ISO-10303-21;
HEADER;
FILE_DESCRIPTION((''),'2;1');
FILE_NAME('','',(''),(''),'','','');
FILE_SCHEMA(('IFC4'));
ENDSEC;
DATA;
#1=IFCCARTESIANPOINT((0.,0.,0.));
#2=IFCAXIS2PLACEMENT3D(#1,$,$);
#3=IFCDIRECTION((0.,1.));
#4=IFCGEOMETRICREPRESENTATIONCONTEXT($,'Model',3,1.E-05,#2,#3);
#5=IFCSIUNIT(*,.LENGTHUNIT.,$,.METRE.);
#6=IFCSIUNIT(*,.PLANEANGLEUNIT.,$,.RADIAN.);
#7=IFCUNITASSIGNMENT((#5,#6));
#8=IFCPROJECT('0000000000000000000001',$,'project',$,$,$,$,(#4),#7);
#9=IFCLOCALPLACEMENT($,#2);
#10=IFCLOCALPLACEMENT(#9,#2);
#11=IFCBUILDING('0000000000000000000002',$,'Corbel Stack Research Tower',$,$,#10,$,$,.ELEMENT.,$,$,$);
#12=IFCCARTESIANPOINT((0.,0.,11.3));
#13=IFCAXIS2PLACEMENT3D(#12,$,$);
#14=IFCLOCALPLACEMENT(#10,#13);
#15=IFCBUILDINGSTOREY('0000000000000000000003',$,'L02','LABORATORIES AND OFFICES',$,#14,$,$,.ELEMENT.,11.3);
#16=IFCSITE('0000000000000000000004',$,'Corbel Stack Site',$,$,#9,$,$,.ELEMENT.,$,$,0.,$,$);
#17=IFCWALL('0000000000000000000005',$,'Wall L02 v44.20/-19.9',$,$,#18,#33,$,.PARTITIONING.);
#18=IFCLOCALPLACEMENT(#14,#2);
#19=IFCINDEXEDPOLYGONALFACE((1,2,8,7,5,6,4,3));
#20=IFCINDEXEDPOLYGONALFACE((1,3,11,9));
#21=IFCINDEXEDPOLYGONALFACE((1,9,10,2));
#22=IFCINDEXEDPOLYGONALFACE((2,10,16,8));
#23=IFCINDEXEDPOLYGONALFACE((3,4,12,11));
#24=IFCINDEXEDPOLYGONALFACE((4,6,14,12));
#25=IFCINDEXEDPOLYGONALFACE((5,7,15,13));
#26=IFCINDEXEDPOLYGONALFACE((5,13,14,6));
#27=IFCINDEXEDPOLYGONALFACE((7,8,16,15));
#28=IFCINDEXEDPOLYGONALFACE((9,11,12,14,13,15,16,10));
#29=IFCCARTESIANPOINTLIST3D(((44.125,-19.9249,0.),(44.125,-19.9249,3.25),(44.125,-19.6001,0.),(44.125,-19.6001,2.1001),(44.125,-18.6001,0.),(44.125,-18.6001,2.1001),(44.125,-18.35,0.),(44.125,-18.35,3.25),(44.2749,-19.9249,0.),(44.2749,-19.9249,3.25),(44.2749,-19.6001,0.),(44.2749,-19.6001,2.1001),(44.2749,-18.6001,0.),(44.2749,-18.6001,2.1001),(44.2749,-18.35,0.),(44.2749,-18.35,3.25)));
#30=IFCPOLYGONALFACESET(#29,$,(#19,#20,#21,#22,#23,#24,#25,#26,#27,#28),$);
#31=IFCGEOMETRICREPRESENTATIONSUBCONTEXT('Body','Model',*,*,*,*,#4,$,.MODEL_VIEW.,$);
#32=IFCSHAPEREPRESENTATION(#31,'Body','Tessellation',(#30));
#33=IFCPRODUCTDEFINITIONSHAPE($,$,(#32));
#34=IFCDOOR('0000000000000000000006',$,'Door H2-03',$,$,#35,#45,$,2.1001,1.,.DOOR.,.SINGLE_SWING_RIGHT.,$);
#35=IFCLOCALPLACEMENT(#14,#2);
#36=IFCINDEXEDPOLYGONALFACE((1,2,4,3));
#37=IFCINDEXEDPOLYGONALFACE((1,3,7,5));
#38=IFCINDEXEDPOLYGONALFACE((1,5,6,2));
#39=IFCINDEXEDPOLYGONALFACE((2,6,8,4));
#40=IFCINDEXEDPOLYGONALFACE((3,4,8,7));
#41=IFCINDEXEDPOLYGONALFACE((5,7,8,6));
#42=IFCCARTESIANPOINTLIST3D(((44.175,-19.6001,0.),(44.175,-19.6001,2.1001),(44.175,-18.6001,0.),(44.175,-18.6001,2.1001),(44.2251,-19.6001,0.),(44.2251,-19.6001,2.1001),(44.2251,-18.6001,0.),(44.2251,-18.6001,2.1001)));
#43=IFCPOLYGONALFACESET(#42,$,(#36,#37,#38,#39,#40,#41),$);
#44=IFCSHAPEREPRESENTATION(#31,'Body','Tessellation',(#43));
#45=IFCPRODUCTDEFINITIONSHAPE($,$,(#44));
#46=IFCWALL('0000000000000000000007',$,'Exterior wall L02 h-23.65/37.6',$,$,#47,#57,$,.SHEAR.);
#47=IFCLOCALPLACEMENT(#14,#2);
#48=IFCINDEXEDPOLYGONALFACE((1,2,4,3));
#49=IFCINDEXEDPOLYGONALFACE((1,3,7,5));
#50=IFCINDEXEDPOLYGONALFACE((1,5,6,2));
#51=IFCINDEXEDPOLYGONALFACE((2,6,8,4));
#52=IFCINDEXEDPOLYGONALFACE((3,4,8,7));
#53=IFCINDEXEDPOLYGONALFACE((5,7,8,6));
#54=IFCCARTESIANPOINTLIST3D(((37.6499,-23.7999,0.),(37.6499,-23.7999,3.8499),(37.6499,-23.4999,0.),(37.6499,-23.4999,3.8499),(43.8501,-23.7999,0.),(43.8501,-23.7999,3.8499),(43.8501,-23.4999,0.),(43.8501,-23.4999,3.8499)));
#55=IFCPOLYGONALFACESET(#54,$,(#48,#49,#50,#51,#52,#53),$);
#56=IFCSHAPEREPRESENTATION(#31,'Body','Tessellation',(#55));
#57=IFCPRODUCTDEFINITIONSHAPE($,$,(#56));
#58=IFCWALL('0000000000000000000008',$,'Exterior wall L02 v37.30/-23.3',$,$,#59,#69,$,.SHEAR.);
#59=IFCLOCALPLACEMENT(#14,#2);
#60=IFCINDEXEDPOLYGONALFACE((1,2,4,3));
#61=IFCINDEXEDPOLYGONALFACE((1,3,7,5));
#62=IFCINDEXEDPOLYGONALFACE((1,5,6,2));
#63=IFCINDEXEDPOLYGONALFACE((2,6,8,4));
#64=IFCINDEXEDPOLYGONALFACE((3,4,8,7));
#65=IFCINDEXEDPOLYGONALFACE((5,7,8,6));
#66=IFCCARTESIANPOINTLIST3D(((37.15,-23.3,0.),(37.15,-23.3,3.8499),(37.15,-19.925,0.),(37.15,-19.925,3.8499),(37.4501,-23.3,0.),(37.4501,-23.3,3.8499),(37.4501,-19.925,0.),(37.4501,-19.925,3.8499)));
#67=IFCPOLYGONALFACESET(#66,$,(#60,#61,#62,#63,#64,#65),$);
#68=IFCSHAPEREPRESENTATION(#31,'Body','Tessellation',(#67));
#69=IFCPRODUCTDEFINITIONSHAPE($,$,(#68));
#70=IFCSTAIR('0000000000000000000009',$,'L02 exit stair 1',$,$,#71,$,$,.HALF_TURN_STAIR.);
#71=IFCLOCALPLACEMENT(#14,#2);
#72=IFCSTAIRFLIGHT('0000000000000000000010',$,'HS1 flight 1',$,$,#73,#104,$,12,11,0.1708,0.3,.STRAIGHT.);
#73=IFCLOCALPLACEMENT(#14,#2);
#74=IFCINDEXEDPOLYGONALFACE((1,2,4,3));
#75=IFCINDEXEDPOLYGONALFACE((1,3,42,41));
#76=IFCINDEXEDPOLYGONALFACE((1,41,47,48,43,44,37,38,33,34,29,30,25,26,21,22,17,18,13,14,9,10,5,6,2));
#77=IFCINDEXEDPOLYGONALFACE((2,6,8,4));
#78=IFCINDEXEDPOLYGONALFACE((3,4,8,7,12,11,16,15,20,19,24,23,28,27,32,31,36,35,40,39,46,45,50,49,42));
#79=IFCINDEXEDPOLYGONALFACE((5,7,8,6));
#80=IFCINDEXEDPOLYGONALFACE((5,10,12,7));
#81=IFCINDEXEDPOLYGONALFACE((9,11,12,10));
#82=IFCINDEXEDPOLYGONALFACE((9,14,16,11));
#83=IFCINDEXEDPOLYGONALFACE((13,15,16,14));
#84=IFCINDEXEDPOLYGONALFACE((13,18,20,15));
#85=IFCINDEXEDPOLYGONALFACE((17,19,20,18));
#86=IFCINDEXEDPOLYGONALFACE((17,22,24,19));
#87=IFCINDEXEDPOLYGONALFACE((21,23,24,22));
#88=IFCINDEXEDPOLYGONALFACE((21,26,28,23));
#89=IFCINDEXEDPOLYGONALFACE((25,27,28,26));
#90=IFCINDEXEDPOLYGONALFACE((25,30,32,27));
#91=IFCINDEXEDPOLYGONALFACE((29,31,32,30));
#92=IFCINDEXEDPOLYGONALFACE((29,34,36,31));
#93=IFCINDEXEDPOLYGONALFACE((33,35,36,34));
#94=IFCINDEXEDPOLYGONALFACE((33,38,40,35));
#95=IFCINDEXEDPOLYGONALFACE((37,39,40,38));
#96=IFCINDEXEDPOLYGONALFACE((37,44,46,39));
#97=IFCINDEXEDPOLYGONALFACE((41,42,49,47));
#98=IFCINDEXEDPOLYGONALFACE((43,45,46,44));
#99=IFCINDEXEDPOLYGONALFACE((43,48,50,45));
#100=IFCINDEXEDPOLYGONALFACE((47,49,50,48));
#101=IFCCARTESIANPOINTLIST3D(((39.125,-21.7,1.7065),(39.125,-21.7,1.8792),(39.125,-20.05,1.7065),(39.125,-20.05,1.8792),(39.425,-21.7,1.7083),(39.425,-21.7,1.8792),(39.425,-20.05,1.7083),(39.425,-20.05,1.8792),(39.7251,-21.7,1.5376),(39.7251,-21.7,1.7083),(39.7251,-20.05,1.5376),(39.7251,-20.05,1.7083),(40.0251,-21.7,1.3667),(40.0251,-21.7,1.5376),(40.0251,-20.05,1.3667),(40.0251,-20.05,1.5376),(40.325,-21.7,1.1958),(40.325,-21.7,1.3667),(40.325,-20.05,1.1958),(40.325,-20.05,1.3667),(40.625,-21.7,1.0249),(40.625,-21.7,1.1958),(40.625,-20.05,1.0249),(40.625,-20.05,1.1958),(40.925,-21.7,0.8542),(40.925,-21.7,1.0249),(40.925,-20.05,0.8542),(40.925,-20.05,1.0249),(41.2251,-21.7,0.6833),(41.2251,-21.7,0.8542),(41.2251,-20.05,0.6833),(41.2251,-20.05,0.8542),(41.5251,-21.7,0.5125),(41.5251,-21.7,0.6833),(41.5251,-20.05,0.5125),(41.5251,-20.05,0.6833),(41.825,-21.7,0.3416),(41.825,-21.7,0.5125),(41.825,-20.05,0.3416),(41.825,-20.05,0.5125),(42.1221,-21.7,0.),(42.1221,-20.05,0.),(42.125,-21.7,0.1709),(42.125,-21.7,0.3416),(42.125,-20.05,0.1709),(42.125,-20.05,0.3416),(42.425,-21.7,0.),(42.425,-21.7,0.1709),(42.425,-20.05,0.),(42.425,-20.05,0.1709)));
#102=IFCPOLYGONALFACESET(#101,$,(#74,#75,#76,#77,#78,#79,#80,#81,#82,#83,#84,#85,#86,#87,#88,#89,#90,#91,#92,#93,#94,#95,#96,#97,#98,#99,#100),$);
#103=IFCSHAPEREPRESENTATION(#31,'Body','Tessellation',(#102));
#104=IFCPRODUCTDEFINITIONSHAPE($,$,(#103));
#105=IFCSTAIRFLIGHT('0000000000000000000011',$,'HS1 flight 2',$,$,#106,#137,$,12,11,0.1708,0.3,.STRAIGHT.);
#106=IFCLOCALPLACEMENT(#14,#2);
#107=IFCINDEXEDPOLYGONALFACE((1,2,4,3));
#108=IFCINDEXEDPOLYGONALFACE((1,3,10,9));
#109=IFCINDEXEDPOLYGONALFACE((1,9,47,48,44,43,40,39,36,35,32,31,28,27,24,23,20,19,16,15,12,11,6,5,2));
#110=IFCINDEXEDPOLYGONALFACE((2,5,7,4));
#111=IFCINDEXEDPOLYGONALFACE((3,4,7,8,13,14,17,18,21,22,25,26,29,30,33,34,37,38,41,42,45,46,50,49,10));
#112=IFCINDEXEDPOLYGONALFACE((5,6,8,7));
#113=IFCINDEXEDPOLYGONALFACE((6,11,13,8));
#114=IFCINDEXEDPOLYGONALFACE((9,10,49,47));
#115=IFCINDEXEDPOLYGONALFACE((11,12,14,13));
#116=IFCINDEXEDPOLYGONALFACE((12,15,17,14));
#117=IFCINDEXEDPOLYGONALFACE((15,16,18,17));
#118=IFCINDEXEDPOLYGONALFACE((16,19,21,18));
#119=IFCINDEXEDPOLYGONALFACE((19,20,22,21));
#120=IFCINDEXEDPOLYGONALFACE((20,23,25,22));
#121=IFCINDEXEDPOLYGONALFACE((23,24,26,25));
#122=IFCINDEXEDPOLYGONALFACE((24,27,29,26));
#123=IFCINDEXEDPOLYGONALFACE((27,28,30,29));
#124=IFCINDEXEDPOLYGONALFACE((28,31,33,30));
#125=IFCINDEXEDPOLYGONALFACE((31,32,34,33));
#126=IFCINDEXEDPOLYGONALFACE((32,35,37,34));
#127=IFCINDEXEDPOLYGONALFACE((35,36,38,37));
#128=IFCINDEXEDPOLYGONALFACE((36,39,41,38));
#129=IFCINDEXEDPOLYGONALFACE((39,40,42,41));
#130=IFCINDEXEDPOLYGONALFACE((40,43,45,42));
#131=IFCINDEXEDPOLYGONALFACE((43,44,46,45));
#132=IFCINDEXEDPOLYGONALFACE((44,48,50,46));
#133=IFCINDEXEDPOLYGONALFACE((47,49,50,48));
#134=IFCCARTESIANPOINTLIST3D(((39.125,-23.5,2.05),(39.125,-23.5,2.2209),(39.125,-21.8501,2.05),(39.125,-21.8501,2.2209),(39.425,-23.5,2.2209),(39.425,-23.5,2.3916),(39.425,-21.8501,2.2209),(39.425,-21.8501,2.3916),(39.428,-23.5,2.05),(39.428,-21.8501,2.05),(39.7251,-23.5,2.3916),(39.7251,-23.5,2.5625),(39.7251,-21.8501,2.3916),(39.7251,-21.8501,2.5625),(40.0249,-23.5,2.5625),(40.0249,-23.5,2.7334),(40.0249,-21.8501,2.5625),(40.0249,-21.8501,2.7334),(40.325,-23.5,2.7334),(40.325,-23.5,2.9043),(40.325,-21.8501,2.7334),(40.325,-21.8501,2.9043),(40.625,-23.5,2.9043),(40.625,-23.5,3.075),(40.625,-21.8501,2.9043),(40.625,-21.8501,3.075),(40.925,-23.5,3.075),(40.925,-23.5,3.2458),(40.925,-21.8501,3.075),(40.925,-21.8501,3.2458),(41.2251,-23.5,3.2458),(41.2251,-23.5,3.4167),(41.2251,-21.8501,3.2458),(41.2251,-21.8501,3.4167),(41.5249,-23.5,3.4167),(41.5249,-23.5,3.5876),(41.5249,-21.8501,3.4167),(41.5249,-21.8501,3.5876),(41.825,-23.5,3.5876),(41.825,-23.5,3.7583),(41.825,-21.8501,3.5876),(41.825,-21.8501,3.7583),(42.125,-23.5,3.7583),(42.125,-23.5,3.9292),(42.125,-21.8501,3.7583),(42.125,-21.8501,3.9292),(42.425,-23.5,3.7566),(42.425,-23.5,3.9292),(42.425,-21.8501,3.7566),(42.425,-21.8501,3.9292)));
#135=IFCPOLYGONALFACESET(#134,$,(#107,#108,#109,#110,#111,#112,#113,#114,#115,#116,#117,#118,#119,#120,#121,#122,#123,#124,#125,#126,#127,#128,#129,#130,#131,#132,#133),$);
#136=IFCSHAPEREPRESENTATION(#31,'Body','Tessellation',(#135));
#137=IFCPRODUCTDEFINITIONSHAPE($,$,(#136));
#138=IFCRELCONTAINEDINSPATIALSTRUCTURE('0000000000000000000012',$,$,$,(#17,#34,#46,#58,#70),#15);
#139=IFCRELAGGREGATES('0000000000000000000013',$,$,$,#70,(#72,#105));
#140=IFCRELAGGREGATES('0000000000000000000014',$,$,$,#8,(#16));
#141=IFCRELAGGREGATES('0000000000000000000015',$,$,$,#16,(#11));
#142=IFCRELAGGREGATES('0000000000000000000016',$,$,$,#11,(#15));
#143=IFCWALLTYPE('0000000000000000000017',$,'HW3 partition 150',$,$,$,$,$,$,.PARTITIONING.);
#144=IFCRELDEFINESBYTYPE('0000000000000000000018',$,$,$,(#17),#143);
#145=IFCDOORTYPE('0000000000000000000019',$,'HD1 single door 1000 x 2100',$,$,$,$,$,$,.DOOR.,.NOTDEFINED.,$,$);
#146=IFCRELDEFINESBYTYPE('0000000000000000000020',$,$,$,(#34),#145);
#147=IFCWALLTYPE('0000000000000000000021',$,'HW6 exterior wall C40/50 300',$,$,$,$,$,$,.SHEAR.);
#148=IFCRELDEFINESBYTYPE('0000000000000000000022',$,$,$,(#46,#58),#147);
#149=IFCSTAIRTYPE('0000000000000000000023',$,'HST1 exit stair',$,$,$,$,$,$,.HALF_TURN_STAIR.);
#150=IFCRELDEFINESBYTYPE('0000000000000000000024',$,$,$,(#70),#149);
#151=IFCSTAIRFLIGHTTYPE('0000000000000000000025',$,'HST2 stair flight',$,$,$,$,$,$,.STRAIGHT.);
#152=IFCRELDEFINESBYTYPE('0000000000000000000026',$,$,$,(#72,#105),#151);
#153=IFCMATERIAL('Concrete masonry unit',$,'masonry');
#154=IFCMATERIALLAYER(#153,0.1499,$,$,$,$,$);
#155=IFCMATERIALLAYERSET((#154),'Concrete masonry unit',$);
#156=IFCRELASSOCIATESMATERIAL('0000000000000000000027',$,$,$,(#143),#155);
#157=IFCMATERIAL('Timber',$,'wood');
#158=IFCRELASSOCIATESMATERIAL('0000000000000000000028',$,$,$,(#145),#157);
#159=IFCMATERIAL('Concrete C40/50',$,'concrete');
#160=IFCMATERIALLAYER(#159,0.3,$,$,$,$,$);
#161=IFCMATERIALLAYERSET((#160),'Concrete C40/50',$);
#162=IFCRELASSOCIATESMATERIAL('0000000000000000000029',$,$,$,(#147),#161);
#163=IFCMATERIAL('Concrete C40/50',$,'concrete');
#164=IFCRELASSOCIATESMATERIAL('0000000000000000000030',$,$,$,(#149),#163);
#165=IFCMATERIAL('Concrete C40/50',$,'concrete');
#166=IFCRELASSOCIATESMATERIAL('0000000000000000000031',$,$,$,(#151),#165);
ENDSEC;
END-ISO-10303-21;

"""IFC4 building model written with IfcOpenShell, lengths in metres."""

from ifc_helpers import new_model, si_unit, direction, frame, frame_2d, origin, place, context, subcontext, project, spatial, polyline, rectangle, outline, extrude, material, layer, layer_set, type_object, element, fill, aggregate, save


model = new_model("IFC4")

# Units and contexts
model_context = context("Model", 3, precision=1e-05, world=origin(), true_north=direction((0.0, 1.0)))
body_context = subcontext(model_context, "Body", "Model", "MODEL_VIEW")
ifc_project = project(units=[si_unit("LENGTHUNIT", "METRE"), si_unit("PLANEANGLEUNIT", "RADIAN")], contexts=[model_context])

# Site, building, storey
site_placement = place(None, origin())
site = spatial("IfcSite", under=ifc_project, at=site_placement, Name="Corbel Stack Site", CompositionType="ELEMENT", RefElevation=0.0)
building_placement = place(site_placement, origin())
building = spatial("IfcBuilding", under=site, at=building_placement, Name="Corbel Stack Research Tower", CompositionType="ELEMENT")
storey_placement = place(building_placement, frame((0.0, 0.0, 11.3)))
storey = spatial("IfcBuildingStorey", under=building, at=storey_placement, Name="L02", Description="LABORATORIES AND OFFICES", CompositionType="ELEMENT", Elevation=11.3)

# Shared definitions
ifc_material_1 = material(Name="Concrete masonry unit", Category="masonry")
ifc_layer_1 = layer(ifc_material_1, 0.1499)
ifc_layer_set_1 = layer_set([ifc_layer_1], Name="Concrete masonry unit")
wall_type_1 = type_object("IfcWallType", Name="HW3 partition 150", PredefinedType="PARTITIONING", material=ifc_layer_set_1)

# Wall, opening, door
wall_1_placement = place(storey_placement, frame((44.2, -19.925, 0.0), z_axis=(0.0, 0.0, 1.0), x_axis=(0.0, 1.0, 0.0)))
wall_1 = element("IfcWall", 1, at=wall_1_placement, inside=storey, type_object=wall_type_1, Name="Wall L02 v44.20/-19.9", PredefinedType="PARTITIONING", context=body_context, shape_type="SweptSolid", body=[
    extrude(rectangle(XDim=1.575, YDim=0.1499, at=frame_2d((0.7876, 0.0))), origin(), (0.0, 0.0, 1.0), 3.25),
])
opening_1_placement = place(wall_1_placement, frame((0.325, 0.0, 0.0)))
opening_1 = element("IfcOpeningElement", 2, at=opening_1_placement, cuts=wall_1, PredefinedType="OPENING", context=body_context, shape_type="SweptSolid", body=[
    extrude(rectangle(XDim=1.0, YDim=2.1001, at=frame_2d((0.5, 1.05))), frame((0.0, 0.085, 0.0), z_axis=(0.0, -1.0, 0.0), x_axis=(1.0, 0.0, 0.0)), (0.0, 0.0, 1.0), 0.1699),
])
ifc_material_2 = material(Name="Timber", Category="wood")
door_type_1 = type_object("IfcDoorType", Name="HD1 single door 1000 x 2100", OperationType="NOTDEFINED", PredefinedType="DOOR", material=ifc_material_2)
door_1_placement = place(opening_1_placement, origin())
door_1 = element("IfcDoor", 3, at=door_1_placement, inside=storey, type_object=door_type_1, Name="Door H2-03", OperationType="SINGLE_SWING_RIGHT", OverallHeight=2.1001, OverallWidth=1.0, PredefinedType="DOOR", context=body_context, shape_type="SweptSolid", body=[
    extrude(rectangle(XDim=1.0, YDim=2.1001, at=frame_2d((0.5, 1.05))), frame((0.0, 0.0249, 0.0), z_axis=(0.0, -1.0, 0.0), x_axis=(1.0, 0.0, 0.0)), (0.0, 0.0, 1.0), 0.05),
])
fill(opening_1, door_1)

# Walls
ifc_material_3 = material(Name="Concrete C40/50", Category="concrete")
ifc_layer_2 = layer(ifc_material_3, 0.3)
ifc_layer_set_2 = layer_set([ifc_layer_2], Name="Concrete C40/50")
wall_type_2 = type_object("IfcWallType", Name="HW6 exterior wall C40/50 300", PredefinedType="SHEAR", material=ifc_layer_set_2)
wall_2_placement = place(storey_placement, frame((37.6499, -23.6499, 0.0), z_axis=(0.0, 0.0, 1.0), x_axis=(1.0, 0.0, 0.0)))
element("IfcWall", 4, at=wall_2_placement, inside=storey, type_object=wall_type_2, Name="Exterior wall L02 h-23.65/37.6", PredefinedType="SHEAR", context=body_context, shape_type="SweptSolid", body=[
    extrude(rectangle(XDim=6.2002, YDim=0.3, at=frame_2d((3.1001, 0.0))), origin(), (0.0, 0.0, 1.0), 3.8499),
])
wall_3_placement = place(storey_placement, frame((37.3, -23.3, 0.0), z_axis=(0.0, 0.0, 1.0), x_axis=(0.0, 1.0, 0.0)))
element("IfcWall", 5, at=wall_3_placement, inside=storey, type_object=wall_type_2, Name="Exterior wall L02 v37.30/-23.3", PredefinedType="SHEAR", context=body_context, shape_type="SweptSolid", body=[
    extrude(rectangle(XDim=3.375, YDim=0.3, at=frame_2d((1.6875, 0.0))), origin(), (0.0, 0.0, 1.0), 3.8499),
])

# Stair, stair flights
ifc_material_4 = material(Name="Concrete C40/50", Category="concrete")
stair_type = type_object("IfcStairType", Name="HST1 exit stair", PredefinedType="HALF_TURN_STAIR", material=ifc_material_4)
stair_placement = place(storey_placement, origin())
stair = element("IfcStair", 6, at=stair_placement, inside=storey, type_object=stair_type, Name="L02 exit stair 1", PredefinedType="HALF_TURN_STAIR")
ifc_material_5 = material(Name="Concrete C40/50", Category="concrete")
stair_flight_type = type_object("IfcStairFlightType", Name="HST2 stair flight", PredefinedType="STRAIGHT", material=ifc_material_5)
stair_flight_1_placement = place(storey_placement, frame((42.425, -20.875, 0.0), z_axis=(0.0, 0.0, 1.0), x_axis=(-1.0, 0.0, 0.0)))
stair_flight_1 = element("IfcStairFlight", 7, at=stair_flight_1_placement, type_object=stair_flight_type, Name="HS1 flight 1", NumberOfRisers=12, NumberOfTreads=11, PredefinedType="STRAIGHT", RiserHeight=0.1708, TreadLength=0.3, context=body_context, shape_type="SweptSolid", body=[
    extrude(outline(polyline([(0.0, 0.0), (0.0, 0.1709), (0.3, 0.1709), (0.3, 0.3416), (0.6001, 0.3416), (0.6001, 0.5125), (0.8999, 0.5125), (0.8999, 0.6833), (1.2, 0.6833), (1.2, 0.8542), (1.5, 0.8542), (1.5, 1.0249), (1.8, 1.0249), (1.8, 1.1958), (2.1001, 1.1958), (2.1001, 1.3667), (2.3999, 1.3667), (2.3999, 1.5376), (2.7, 1.5376), (2.7, 1.7083), (3.0, 1.7083), (3.0, 1.8792), (3.3, 1.8792), (3.3, 2.05), (3.3, 1.7065), (0.303, 0.0), (0.0, 0.0)])), frame((0.0, 0.825, 0.0), z_axis=(0.0, -1.0, 0.0), x_axis=(1.0, 0.0, 0.0)), (0.0, 0.0, 1.0), 1.6499),
])
stair_flight_2_placement = place(storey_placement, frame((39.125, -22.675, 2.05), z_axis=(0.0, 0.0, 1.0), x_axis=(1.0, 0.0, 0.0)))
stair_flight_2 = element("IfcStairFlight", 8, at=stair_flight_2_placement, type_object=stair_flight_type, Name="HS1 flight 2", NumberOfRisers=12, NumberOfTreads=11, PredefinedType="STRAIGHT", RiserHeight=0.1708, TreadLength=0.3, context=body_context, shape_type="SweptSolid", body=[
    extrude(outline(polyline([(0.0, 0.0), (0.0, 0.1709), (0.3, 0.1709), (0.3, 0.3416), (0.6001, 0.3416), (0.6001, 0.5125), (0.8999, 0.5125), (0.8999, 0.6833), (1.2, 0.6833), (1.2, 0.8542), (1.5, 0.8542), (1.5, 1.0249), (1.8, 1.0249), (1.8, 1.1958), (2.1001, 1.1958), (2.1001, 1.3667), (2.3999, 1.3667), (2.3999, 1.5376), (2.7, 1.5376), (2.7, 1.7083), (3.0, 1.7083), (3.0, 1.8792), (3.3, 1.8792), (3.3, 2.05), (3.3, 1.7065), (0.303, 0.0), (0.0, 0.0)])), frame((0.0, 0.825, 0.0), z_axis=(0.0, -1.0, 0.0), x_axis=(1.0, 0.0, 0.0)), (0.0, 0.0, 1.0), 1.6499),
])
aggregate(stair, [stair_flight_1, stair_flight_2])

save(model, "model.ifc")
